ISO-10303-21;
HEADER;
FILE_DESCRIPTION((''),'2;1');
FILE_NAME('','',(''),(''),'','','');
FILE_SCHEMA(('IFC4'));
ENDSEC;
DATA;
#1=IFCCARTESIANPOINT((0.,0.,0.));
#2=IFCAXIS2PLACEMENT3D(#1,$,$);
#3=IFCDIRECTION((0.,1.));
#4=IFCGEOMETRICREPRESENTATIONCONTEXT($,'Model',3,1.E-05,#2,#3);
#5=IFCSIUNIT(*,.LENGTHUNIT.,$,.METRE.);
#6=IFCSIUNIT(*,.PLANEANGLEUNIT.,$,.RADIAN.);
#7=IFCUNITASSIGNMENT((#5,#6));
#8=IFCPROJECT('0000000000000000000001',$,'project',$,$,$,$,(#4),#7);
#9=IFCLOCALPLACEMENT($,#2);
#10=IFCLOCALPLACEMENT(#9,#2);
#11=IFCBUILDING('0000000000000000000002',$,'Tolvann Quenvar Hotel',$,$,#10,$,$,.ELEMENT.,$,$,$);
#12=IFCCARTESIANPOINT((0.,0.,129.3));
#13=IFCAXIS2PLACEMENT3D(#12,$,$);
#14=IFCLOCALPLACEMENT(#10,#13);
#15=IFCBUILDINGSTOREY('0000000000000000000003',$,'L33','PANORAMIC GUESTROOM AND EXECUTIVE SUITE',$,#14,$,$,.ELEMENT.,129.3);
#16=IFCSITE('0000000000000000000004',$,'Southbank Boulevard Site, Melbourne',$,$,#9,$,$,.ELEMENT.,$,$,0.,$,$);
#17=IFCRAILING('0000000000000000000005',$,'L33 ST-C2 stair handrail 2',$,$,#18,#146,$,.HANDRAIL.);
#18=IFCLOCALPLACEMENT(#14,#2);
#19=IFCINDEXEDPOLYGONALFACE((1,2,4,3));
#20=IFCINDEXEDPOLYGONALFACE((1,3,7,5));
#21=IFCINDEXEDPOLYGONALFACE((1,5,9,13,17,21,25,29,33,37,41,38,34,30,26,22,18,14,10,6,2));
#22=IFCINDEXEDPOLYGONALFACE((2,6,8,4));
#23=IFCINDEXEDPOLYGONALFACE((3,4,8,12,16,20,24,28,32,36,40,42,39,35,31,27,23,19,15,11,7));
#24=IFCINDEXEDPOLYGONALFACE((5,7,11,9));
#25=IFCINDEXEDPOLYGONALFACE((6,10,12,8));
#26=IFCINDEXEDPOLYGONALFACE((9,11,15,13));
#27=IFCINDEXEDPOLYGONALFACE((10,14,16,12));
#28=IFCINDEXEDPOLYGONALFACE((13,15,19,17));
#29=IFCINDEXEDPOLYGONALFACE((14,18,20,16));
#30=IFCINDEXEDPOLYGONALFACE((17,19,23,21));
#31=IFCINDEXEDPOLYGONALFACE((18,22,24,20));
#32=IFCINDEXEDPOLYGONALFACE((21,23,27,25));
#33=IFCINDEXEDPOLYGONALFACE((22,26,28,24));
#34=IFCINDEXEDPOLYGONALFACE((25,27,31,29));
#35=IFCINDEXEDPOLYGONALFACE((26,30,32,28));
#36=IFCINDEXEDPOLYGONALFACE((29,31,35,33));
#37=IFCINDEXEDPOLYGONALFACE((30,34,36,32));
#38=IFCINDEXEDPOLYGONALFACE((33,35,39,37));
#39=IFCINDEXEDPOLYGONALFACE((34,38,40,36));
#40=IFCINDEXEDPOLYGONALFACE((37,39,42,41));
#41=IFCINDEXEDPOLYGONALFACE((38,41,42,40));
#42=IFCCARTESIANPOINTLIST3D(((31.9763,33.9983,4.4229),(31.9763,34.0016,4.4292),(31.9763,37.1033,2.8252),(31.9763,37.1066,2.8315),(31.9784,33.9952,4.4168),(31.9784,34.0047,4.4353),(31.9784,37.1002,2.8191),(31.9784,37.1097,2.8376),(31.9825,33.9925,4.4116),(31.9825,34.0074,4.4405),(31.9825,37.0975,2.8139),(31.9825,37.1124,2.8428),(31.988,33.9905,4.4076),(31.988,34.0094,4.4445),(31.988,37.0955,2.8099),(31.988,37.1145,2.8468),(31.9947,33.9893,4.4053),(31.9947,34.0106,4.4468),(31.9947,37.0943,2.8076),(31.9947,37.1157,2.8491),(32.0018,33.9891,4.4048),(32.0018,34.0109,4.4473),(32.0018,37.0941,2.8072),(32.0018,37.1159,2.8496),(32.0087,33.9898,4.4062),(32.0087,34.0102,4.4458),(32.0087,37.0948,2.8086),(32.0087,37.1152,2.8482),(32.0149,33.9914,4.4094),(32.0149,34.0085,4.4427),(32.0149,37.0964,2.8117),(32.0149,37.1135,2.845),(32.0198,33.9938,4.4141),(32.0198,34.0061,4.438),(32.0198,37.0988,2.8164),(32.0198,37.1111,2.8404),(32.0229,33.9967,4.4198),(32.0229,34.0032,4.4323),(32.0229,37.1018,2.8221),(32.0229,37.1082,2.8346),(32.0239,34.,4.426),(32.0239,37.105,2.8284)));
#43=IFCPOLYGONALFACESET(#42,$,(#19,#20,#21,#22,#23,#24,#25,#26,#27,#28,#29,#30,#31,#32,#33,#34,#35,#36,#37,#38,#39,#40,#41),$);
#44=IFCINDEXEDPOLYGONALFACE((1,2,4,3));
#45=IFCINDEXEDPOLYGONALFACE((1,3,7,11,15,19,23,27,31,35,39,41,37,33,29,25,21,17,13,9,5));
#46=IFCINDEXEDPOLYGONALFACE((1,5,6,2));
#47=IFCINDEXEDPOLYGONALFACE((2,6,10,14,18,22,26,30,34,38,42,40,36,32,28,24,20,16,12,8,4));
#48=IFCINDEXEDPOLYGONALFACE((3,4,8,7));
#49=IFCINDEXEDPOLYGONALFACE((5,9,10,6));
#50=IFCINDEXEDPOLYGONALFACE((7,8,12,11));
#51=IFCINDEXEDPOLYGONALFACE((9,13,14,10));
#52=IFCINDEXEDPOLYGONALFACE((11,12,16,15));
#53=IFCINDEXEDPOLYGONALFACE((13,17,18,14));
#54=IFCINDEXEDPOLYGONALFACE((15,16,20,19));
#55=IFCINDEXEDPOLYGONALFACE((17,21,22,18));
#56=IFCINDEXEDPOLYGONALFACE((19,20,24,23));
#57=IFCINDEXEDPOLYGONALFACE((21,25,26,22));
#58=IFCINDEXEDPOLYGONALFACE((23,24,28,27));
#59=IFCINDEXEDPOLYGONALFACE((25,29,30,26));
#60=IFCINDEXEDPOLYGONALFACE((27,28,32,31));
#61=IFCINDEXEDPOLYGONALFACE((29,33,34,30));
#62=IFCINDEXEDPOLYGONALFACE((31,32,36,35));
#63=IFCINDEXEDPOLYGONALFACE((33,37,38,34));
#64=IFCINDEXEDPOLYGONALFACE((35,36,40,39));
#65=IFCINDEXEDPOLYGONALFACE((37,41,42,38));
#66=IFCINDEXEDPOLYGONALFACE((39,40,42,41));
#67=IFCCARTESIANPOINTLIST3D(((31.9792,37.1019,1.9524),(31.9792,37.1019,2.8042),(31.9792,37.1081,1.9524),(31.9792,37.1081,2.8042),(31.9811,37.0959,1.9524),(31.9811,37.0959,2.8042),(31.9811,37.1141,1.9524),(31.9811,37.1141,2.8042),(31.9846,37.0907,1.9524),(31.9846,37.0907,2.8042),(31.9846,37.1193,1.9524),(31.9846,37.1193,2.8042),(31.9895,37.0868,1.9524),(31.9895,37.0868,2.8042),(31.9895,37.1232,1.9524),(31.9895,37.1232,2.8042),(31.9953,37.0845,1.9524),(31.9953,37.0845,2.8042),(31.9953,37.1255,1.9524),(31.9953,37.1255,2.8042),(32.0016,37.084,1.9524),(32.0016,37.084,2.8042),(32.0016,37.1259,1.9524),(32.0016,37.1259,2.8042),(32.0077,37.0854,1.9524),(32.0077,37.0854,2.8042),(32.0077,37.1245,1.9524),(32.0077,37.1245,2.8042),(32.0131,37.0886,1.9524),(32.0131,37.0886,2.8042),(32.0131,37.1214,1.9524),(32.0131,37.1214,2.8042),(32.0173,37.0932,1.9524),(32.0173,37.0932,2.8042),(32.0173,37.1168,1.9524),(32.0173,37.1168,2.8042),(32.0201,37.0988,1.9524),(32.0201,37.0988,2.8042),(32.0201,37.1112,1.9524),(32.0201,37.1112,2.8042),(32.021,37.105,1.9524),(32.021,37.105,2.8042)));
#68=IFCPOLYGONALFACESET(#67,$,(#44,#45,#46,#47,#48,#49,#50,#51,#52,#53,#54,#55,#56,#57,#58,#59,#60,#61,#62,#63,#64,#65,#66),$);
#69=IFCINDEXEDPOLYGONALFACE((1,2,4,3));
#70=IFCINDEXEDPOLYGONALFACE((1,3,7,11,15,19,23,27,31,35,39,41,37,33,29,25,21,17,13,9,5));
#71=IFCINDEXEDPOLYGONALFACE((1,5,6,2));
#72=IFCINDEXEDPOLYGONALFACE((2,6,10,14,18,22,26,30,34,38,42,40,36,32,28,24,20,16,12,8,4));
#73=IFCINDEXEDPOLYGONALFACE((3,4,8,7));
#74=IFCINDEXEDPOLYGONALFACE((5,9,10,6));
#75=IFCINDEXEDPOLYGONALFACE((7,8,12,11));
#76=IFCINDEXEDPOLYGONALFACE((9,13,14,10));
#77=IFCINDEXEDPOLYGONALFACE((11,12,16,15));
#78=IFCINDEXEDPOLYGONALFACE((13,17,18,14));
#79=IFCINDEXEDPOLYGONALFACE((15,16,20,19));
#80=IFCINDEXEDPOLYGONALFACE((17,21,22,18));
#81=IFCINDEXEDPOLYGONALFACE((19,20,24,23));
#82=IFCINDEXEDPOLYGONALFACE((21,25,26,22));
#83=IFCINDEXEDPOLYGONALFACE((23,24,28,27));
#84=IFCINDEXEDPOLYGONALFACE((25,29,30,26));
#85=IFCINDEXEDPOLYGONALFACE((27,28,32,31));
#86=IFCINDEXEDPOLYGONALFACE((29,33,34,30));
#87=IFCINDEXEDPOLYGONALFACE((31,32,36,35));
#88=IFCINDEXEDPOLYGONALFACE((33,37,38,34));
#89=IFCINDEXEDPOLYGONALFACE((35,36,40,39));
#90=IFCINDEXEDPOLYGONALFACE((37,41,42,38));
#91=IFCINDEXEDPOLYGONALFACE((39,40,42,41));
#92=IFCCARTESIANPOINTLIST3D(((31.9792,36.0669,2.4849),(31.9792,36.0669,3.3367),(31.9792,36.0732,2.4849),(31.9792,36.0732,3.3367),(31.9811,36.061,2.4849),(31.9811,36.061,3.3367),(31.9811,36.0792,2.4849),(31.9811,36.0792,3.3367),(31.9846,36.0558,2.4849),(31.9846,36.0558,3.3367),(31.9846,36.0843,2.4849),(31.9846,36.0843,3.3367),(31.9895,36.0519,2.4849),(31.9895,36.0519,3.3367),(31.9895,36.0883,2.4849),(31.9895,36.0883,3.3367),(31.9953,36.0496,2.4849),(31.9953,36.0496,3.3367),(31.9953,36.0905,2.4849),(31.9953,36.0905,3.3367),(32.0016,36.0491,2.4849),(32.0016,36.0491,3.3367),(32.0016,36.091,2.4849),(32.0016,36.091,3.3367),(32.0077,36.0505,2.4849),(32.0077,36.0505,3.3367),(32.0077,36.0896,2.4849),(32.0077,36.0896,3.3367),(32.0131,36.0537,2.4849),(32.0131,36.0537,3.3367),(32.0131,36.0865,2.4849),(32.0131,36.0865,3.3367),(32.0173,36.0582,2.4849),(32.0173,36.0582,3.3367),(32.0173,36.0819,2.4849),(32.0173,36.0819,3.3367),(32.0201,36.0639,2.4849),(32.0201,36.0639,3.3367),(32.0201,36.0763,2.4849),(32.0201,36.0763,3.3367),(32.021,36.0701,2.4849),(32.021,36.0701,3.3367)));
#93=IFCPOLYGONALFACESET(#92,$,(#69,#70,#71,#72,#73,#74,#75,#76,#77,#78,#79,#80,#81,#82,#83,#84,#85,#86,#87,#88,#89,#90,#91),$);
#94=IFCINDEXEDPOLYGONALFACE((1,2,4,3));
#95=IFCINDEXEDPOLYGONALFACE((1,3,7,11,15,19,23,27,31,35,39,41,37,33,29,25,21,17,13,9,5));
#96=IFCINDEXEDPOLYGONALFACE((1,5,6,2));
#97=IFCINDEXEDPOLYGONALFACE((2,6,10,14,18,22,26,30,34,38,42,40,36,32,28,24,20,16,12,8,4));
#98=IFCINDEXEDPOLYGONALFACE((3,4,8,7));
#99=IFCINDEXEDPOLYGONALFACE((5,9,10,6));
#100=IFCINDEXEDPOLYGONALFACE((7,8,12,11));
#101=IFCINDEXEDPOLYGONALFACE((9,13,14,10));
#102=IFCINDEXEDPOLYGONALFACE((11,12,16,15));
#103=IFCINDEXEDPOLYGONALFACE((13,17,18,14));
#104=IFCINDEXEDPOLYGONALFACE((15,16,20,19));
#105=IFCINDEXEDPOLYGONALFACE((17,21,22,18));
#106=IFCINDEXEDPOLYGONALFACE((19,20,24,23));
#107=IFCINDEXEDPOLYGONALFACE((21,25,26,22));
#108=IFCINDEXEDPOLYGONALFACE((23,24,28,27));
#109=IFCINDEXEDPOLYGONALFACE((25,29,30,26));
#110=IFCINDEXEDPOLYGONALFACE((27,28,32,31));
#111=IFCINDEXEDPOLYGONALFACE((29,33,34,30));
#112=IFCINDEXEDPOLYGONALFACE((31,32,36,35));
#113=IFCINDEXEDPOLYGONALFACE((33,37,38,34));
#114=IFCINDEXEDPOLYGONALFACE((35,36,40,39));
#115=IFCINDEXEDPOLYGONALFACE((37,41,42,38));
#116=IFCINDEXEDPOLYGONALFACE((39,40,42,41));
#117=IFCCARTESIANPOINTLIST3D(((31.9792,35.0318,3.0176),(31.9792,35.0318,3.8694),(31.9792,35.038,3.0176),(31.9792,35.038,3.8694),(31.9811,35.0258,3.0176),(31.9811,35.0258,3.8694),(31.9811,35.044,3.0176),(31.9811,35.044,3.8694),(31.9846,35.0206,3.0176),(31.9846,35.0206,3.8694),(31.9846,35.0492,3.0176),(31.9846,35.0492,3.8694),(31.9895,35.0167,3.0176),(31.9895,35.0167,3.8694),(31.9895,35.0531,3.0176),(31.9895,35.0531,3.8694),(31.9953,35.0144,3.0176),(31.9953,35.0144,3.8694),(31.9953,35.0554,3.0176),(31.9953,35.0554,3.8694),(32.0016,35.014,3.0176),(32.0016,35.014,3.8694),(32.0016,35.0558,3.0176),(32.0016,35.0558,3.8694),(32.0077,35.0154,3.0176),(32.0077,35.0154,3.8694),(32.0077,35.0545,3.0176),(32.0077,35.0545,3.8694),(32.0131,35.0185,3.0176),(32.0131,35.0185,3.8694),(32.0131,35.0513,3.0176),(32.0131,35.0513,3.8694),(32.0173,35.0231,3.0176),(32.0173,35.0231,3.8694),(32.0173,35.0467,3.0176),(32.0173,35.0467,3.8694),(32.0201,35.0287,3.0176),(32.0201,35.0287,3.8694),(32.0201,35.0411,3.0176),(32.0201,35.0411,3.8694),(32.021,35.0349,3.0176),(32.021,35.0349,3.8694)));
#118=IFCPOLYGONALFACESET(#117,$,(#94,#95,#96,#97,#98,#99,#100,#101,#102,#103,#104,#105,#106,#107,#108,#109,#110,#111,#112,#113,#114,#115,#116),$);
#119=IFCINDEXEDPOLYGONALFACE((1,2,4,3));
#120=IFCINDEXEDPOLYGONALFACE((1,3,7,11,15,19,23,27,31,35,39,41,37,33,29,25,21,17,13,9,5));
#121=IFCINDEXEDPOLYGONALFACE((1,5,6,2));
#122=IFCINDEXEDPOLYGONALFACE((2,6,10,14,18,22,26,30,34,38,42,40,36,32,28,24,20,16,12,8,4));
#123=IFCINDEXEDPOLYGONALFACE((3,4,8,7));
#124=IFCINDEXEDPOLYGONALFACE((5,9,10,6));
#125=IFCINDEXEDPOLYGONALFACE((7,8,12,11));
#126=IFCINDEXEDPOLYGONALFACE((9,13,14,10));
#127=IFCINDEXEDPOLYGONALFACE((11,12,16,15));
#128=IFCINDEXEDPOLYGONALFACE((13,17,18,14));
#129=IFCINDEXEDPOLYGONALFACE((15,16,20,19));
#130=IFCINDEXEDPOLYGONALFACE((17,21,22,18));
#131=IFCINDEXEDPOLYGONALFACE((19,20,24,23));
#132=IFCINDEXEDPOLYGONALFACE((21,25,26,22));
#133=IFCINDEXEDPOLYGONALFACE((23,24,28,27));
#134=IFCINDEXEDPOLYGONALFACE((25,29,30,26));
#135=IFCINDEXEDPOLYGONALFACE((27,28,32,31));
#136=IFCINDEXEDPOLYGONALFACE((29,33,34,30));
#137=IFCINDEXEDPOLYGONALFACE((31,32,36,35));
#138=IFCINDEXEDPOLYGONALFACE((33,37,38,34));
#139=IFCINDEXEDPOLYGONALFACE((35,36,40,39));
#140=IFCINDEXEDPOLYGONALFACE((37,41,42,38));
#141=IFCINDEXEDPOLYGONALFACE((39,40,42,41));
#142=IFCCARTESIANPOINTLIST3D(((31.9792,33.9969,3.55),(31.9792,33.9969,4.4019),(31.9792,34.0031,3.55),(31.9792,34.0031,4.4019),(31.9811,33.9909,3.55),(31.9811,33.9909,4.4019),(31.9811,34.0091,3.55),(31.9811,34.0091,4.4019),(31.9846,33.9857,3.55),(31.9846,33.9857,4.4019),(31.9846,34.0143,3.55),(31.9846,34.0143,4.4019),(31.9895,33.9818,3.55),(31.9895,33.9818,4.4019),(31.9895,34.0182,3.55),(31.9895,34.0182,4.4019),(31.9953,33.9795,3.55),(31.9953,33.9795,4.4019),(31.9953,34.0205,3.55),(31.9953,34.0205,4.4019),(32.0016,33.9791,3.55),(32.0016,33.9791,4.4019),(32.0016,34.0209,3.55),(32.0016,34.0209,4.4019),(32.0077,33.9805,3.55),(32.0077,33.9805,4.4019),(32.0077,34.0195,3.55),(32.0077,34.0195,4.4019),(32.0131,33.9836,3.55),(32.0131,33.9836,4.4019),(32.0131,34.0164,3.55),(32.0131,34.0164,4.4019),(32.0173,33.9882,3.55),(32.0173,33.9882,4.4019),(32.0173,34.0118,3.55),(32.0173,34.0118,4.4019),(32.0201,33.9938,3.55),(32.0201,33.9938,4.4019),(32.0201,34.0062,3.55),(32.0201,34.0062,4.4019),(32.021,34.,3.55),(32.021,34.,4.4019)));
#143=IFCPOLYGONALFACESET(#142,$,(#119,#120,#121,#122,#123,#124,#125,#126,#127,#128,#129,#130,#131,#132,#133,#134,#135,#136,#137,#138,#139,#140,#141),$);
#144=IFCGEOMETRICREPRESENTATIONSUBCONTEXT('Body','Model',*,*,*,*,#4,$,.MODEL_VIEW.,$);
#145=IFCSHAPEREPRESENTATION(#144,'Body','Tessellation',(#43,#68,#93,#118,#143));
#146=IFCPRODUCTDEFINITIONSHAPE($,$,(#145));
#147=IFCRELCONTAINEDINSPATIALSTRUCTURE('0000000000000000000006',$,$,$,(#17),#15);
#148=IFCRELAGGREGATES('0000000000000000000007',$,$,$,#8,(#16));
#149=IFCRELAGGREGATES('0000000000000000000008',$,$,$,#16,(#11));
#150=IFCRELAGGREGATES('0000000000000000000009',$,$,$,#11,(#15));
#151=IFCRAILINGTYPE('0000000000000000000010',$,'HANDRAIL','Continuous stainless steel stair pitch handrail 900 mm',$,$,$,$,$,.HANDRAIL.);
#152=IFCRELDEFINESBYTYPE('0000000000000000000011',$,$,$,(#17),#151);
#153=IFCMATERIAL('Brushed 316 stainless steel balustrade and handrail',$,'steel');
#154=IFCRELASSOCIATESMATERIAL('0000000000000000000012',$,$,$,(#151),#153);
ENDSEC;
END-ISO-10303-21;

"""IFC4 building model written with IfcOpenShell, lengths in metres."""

from ifc_helpers import new_model, si_unit, direction, frame, origin, origin_2d, place, context, subcontext, project, spatial, circle, extrude, material, type_object, element, save


model = new_model("IFC4")

# Units and contexts
model_context = context("Model", 3, precision=1e-05, world=origin(), true_north=direction((0.0, 1.0)))
body_context = subcontext(model_context, "Body", "Model", "MODEL_VIEW")
ifc_project = project(units=[si_unit("LENGTHUNIT", "METRE"), si_unit("PLANEANGLEUNIT", "RADIAN")], contexts=[model_context])

# Site, building, storey
site_placement = place(None, origin())
site = spatial("IfcSite", under=ifc_project, at=site_placement, Name="Southbank Boulevard Site, Melbourne", CompositionType="ELEMENT", RefElevation=0.0)
building_placement = place(site_placement, origin())
building = spatial("IfcBuilding", under=site, at=building_placement, Name="Tolvann Quenvar Hotel", CompositionType="ELEMENT")
storey_placement = place(building_placement, frame((0.0, 0.0, 129.3)))
storey = spatial("IfcBuildingStorey", under=building, at=storey_placement, Name="L33", Description="PANORAMIC GUESTROOM AND EXECUTIVE SUITE", CompositionType="ELEMENT", Elevation=129.3)

# Railing
ifc_material_1 = material(Name="Brushed 316 stainless steel balustrade and handrail", Category="steel")
railing_type_1 = type_object("IfcRailingType", Name="HANDRAIL", Description="Continuous stainless steel stair pitch handrail 900 mm", PredefinedType="HANDRAIL", material=ifc_material_1)
railing_1_placement = place(storey_placement, frame((32.0, 37.105, 1.9524)))
element("IfcRailing", 1, at=railing_1_placement, inside=storey, type_object=railing_type_1, Name="L33 ST-C2 stair handrail 2", PredefinedType="HANDRAIL", context=body_context, shape_type="SweptSolid", body=[
    extrude(circle(Radius=0.0239, at=origin_2d()), frame((0.0, 0.0, 0.876), z_axis=(0.0, -0.889194, 0.457531), x_axis=(1.0, 0.0, 0.0)), (0.0, 0.0, 1.0), 3.4919),
    extrude(circle(Radius=0.021, at=origin_2d()), origin(), (0.0, 0.0, 1.0), 0.8518),
    extrude(circle(Radius=0.021, at=origin_2d()), frame((0.0, -1.0349, 0.5325)), (0.0, 0.0, 1.0), 0.8518),
    extrude(circle(Radius=0.021, at=origin_2d()), frame((0.0, -2.0701, 1.0652)), (0.0, 0.0, 1.0), 0.8518),
    extrude(circle(Radius=0.021, at=origin_2d()), frame((0.0, -3.105, 1.5977)), (0.0, 0.0, 1.0), 0.8518),
])

save(model, "model.ifc")
